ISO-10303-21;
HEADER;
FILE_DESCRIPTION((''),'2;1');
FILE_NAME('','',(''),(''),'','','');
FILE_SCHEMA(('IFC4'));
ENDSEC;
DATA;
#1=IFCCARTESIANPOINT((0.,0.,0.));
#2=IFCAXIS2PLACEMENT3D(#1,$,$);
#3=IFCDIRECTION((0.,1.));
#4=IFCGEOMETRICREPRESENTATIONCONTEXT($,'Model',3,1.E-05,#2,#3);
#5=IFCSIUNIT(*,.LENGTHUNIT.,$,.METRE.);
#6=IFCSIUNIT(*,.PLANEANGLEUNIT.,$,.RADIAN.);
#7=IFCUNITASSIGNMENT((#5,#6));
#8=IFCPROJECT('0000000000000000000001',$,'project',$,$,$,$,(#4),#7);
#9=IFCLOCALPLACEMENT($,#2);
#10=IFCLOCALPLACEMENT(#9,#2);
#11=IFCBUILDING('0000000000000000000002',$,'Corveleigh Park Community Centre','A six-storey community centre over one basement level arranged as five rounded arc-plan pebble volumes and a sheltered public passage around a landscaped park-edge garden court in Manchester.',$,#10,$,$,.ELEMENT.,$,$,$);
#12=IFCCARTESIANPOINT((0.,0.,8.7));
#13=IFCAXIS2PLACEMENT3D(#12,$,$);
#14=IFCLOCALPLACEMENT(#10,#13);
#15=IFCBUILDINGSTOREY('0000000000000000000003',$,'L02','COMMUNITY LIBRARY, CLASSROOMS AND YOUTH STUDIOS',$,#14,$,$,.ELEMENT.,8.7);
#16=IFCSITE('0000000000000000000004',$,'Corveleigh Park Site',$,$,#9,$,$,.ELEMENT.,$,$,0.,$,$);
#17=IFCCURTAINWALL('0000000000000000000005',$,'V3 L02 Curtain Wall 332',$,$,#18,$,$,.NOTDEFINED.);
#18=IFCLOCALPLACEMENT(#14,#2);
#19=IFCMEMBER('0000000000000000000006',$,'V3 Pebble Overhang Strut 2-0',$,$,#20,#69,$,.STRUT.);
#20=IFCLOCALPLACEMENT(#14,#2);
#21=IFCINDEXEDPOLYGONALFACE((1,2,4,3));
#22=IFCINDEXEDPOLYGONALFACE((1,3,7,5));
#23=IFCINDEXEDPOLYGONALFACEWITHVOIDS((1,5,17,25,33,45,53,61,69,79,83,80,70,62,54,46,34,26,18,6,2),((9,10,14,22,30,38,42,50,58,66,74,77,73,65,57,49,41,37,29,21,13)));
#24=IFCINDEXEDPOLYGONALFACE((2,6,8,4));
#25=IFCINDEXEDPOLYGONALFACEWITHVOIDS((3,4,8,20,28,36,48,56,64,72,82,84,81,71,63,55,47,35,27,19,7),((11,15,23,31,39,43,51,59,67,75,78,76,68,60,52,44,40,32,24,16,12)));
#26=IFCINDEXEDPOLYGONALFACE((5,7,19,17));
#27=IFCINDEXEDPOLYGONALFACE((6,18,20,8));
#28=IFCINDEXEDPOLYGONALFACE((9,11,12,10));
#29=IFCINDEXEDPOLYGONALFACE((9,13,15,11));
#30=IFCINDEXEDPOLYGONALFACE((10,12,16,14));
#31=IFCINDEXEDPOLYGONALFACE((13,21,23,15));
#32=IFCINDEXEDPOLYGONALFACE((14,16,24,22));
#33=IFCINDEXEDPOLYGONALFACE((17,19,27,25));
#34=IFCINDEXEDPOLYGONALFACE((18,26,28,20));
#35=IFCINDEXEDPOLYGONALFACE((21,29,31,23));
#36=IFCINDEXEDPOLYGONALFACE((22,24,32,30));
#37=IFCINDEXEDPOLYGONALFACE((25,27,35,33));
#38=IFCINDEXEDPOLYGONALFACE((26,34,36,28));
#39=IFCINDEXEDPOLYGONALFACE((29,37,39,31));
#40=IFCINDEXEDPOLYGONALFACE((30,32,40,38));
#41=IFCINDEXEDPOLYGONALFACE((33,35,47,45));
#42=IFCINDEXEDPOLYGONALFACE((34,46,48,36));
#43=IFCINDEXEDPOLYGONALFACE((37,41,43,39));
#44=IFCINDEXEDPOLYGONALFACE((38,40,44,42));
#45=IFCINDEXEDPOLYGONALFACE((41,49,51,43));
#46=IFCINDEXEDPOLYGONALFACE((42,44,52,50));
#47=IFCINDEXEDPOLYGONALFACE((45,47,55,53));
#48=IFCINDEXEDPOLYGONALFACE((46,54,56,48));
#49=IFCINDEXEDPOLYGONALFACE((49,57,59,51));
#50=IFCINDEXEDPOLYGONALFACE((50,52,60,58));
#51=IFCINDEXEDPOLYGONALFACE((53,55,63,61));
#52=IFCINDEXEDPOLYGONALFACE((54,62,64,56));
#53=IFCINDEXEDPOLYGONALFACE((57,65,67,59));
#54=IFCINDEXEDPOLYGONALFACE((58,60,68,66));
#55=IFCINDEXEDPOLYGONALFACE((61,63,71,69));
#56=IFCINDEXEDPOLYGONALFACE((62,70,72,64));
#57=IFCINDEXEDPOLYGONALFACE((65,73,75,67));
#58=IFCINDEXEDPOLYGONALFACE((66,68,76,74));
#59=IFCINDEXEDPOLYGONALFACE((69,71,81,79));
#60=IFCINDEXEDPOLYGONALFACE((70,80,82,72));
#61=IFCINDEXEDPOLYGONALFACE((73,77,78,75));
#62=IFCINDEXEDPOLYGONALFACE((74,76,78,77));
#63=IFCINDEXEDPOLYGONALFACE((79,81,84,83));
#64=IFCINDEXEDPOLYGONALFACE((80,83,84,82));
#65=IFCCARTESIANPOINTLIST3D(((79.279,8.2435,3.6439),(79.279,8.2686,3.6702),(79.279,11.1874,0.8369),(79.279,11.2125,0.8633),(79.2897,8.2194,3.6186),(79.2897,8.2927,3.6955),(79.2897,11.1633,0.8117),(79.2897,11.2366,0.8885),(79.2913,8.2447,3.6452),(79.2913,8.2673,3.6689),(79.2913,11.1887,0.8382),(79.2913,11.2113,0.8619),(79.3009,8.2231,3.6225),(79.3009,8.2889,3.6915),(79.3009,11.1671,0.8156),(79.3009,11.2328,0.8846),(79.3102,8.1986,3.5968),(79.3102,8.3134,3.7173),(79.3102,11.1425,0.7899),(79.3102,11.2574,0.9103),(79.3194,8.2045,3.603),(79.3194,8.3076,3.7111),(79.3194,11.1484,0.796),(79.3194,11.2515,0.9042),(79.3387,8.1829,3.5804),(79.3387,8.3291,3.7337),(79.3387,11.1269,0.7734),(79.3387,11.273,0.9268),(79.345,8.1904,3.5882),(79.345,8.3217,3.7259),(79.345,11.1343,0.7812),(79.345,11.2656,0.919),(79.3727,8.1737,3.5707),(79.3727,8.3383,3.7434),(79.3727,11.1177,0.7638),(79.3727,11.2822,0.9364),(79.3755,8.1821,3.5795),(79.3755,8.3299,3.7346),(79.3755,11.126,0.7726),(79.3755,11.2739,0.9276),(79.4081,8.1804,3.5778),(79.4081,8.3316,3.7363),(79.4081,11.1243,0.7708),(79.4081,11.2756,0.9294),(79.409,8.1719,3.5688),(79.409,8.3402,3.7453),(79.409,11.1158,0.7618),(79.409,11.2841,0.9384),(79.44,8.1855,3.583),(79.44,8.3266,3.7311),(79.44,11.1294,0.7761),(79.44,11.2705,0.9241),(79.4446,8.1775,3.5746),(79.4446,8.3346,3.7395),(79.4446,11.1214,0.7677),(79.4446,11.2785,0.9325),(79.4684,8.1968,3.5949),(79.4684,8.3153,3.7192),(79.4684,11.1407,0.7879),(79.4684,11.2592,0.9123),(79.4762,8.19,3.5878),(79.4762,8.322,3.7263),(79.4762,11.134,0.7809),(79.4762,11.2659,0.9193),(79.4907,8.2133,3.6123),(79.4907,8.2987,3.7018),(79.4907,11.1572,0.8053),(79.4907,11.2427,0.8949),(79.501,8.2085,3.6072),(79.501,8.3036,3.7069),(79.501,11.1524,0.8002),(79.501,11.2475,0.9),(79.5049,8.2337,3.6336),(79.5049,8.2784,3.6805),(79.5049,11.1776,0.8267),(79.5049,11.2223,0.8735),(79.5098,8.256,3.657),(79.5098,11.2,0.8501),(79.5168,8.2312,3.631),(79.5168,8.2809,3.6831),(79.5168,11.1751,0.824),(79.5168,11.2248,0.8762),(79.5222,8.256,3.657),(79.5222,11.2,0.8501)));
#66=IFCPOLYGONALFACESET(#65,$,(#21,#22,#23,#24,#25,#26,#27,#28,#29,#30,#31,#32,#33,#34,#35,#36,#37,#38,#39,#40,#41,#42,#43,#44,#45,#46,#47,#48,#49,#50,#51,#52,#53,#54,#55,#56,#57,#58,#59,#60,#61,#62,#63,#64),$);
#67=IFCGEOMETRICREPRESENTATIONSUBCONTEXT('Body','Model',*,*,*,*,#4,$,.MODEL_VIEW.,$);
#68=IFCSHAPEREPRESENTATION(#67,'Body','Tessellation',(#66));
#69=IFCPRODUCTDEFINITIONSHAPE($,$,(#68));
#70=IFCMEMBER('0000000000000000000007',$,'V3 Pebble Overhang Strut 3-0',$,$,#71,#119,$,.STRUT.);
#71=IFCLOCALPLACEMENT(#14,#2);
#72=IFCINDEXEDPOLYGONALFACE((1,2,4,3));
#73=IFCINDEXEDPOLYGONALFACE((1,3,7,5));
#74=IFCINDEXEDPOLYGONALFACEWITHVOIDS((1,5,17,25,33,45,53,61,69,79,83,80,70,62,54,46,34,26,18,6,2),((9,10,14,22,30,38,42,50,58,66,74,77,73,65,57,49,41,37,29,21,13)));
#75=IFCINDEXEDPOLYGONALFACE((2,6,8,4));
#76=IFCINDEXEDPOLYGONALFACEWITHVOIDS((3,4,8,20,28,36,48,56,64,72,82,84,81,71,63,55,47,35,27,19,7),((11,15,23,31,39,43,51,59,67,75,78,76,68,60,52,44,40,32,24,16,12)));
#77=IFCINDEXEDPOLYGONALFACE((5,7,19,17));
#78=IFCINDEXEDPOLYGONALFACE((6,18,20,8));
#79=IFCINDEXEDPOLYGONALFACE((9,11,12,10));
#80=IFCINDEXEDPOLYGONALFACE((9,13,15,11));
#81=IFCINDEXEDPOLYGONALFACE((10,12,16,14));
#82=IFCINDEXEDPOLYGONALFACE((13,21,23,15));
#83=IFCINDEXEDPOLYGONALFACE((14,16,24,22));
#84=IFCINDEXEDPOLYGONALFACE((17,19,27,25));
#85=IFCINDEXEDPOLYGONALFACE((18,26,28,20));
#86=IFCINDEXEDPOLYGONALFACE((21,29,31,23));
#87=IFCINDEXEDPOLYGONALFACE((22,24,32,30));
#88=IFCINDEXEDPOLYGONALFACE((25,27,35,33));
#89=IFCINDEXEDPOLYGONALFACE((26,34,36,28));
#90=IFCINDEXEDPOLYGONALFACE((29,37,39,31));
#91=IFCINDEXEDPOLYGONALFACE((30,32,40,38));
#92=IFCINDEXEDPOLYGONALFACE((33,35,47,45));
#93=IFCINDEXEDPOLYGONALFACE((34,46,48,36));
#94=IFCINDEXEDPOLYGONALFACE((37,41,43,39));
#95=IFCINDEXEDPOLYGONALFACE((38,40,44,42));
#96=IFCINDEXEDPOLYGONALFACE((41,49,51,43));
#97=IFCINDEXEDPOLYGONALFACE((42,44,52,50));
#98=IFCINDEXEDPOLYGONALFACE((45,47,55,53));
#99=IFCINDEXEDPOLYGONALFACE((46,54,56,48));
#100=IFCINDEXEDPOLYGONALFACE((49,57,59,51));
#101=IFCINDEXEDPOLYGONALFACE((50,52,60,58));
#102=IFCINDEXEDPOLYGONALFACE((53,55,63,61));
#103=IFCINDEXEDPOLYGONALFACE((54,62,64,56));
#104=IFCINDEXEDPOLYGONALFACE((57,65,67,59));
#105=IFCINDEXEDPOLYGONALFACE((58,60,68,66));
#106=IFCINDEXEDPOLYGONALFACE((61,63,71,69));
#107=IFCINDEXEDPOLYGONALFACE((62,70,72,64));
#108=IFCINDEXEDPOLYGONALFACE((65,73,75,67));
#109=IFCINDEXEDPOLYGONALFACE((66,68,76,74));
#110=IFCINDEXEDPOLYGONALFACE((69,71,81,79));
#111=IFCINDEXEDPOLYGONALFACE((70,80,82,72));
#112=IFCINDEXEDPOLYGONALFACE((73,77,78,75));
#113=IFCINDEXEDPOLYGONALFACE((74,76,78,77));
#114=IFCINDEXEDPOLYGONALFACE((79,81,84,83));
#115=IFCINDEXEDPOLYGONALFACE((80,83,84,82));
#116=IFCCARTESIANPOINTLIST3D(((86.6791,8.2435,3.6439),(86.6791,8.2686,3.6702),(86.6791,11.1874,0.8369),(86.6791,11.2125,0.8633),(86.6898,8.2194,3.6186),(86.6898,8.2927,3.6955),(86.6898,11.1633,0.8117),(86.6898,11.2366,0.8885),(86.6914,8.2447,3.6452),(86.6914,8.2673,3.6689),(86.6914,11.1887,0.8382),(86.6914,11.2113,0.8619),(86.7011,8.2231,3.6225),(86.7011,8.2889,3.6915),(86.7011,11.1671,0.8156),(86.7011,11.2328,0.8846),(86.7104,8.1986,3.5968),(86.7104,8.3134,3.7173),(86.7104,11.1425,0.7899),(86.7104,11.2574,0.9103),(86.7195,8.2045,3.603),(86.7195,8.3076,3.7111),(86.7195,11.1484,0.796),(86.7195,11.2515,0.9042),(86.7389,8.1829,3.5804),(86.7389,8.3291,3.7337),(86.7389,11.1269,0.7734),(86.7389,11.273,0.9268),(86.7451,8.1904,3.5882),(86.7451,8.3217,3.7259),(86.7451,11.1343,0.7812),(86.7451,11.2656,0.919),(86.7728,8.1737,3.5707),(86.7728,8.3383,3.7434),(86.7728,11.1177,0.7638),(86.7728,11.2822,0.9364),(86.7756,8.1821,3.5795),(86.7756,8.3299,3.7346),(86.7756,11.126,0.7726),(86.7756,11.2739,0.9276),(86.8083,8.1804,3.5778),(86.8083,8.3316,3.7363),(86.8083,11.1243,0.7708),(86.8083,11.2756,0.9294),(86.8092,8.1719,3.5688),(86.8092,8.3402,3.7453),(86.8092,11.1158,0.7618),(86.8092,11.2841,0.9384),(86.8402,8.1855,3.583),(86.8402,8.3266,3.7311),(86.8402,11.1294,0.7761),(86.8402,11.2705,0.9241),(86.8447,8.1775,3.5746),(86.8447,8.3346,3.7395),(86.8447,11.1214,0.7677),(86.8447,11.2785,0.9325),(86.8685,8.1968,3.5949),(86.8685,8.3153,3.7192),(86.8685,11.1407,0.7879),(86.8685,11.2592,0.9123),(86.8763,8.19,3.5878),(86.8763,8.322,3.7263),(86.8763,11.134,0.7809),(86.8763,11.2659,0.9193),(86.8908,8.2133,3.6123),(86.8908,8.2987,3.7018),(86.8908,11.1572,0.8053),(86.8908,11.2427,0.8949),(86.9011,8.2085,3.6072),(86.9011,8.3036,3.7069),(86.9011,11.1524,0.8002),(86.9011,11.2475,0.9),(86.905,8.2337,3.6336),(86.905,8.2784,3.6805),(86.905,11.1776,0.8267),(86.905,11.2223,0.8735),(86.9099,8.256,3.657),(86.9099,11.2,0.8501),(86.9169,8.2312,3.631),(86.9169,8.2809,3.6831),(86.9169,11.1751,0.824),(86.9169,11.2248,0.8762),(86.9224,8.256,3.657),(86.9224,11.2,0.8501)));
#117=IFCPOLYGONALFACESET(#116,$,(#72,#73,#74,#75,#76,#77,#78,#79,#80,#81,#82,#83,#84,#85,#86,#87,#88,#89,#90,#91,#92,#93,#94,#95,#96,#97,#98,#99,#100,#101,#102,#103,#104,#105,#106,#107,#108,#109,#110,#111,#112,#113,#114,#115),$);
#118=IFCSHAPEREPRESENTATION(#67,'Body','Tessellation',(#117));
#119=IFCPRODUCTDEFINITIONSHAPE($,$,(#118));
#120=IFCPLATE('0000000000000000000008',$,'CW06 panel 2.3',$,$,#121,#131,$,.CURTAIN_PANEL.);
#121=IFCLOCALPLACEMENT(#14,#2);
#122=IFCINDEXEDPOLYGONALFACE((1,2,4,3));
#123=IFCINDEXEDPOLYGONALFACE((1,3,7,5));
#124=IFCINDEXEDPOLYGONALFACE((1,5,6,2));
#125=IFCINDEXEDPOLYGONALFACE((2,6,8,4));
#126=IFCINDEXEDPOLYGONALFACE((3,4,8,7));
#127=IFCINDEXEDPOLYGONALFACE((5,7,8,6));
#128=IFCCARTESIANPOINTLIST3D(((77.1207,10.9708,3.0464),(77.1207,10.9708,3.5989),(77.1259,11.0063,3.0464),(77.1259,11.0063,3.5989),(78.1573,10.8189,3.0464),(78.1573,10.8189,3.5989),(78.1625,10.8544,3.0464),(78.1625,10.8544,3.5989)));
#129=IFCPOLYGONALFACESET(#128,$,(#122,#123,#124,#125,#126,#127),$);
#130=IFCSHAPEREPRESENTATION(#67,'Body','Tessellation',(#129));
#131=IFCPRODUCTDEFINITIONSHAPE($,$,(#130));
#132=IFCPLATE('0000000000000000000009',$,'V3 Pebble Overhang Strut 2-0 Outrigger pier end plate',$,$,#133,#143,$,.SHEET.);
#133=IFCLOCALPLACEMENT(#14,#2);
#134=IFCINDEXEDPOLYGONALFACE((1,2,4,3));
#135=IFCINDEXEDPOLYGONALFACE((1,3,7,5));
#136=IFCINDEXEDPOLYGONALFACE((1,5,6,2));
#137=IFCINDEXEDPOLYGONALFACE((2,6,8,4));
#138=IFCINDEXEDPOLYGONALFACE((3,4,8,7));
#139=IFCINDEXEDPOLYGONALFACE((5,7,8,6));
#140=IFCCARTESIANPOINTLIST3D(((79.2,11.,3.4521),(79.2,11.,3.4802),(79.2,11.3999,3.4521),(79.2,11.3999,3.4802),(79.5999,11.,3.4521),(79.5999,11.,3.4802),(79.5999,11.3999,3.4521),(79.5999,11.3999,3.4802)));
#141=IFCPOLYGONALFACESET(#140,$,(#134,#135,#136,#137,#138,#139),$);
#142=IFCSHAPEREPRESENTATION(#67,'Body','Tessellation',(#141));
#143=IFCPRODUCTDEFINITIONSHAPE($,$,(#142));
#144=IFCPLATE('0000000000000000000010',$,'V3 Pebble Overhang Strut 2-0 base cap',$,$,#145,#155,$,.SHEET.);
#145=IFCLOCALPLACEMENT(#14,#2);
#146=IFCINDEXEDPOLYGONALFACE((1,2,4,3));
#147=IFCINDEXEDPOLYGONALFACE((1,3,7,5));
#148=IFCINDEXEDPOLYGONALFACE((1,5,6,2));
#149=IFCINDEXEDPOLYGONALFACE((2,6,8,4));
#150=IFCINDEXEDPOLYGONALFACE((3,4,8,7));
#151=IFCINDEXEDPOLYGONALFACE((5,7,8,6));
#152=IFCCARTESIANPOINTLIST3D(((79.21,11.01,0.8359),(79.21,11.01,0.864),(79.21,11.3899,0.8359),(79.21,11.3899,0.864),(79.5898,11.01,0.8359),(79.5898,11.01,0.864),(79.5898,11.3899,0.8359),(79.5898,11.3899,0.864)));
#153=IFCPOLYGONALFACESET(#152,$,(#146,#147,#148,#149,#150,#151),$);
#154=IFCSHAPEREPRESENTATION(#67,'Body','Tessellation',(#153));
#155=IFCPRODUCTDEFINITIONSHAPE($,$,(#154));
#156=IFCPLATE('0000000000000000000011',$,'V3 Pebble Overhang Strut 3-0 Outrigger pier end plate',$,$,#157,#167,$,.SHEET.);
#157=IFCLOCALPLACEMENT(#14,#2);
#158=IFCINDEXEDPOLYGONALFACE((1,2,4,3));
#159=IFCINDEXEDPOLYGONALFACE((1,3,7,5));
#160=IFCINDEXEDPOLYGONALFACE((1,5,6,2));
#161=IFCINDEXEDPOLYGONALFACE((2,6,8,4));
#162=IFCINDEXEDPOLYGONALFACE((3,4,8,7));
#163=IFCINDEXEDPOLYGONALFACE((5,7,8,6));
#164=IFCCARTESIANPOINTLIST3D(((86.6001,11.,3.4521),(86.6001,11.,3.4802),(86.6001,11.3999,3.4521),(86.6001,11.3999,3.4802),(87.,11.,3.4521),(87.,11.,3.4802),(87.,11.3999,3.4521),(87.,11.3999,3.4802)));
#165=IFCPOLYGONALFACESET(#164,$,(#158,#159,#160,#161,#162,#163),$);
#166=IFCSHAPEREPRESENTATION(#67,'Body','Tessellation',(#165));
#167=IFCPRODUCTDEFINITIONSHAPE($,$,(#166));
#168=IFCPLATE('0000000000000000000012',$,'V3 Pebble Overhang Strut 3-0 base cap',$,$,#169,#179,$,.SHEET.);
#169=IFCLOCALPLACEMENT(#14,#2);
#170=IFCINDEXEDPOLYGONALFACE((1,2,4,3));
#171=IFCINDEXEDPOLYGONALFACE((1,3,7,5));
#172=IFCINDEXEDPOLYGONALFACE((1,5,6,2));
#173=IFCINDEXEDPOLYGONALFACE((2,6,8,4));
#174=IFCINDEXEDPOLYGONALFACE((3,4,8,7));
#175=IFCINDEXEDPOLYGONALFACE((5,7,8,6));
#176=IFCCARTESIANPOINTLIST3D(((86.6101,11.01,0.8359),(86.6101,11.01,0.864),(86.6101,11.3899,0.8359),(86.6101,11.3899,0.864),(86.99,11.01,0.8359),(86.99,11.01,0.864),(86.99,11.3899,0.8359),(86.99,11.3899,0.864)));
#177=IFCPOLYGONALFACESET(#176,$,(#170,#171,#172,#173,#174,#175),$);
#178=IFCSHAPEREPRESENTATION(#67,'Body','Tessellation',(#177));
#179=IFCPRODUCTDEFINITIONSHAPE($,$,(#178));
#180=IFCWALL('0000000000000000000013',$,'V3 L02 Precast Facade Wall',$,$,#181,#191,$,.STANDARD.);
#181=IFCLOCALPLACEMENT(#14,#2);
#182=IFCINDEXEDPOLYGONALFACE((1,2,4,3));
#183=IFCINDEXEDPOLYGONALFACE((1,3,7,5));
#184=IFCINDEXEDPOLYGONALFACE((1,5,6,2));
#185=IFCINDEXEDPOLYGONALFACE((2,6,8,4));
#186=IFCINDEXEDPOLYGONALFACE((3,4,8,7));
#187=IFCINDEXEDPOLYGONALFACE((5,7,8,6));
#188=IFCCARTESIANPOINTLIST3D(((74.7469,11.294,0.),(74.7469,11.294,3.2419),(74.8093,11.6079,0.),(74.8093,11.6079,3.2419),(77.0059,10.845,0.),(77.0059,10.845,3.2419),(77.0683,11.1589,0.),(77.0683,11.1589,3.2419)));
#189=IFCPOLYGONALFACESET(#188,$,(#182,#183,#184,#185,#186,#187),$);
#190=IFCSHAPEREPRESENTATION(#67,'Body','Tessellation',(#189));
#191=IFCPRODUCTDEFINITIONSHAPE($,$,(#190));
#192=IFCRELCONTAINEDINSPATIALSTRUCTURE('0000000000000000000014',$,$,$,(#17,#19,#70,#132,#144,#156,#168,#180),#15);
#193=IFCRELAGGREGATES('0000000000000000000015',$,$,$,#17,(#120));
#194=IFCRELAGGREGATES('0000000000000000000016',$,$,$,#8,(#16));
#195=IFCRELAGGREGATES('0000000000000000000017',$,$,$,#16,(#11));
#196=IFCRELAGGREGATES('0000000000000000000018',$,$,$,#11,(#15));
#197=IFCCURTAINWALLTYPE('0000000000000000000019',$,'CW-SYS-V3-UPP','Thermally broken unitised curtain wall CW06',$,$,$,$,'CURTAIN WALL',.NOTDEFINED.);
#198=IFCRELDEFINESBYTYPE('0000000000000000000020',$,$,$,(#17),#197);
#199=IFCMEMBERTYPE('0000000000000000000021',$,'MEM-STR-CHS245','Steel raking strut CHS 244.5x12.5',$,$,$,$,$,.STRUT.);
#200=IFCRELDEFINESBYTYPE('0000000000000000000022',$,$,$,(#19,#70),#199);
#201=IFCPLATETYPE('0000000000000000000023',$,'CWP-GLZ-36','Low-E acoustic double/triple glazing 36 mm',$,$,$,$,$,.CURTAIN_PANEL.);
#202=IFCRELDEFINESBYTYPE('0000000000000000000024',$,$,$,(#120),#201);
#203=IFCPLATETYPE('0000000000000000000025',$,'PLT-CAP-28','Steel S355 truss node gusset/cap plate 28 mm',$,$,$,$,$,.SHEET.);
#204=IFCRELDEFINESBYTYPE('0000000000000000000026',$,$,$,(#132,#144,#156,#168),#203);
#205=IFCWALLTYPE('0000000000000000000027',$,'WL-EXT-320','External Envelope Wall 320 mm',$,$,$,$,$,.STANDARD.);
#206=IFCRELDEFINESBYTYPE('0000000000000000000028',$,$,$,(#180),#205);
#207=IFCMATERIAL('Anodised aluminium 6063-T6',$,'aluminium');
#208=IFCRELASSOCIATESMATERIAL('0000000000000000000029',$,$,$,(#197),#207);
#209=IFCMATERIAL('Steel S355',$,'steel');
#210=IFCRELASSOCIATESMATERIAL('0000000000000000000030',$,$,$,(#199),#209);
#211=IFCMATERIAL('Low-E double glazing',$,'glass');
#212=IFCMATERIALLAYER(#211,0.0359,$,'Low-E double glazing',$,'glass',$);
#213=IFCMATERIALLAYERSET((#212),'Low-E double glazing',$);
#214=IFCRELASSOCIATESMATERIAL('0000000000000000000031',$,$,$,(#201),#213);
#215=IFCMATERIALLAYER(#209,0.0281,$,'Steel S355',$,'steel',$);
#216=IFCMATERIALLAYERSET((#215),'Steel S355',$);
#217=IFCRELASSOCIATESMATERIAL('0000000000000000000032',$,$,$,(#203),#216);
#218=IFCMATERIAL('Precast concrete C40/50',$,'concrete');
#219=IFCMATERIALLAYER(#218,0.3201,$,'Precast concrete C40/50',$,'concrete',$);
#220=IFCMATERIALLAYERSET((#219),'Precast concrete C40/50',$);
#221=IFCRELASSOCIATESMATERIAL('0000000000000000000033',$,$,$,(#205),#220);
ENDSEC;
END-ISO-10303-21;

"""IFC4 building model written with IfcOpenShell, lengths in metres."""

from ifc_helpers import new_model, si_unit, direction, frame, frame_2d, origin, origin_2d, place, context, subcontext, project, spatial, rectangle, hollow_circle, extrude, material, layer, layer_set, material_profile, profile_set, type_object, element, aggregate, save


model = new_model("IFC4")

# Units and contexts
model_context = context("Model", 3, precision=1e-05, world=origin(), true_north=direction((0.0, 1.0)))
body_context = subcontext(model_context, "Body", "Model", "MODEL_VIEW")
ifc_project = project(units=[si_unit("LENGTHUNIT", "METRE"), si_unit("PLANEANGLEUNIT", "RADIAN")], contexts=[model_context])

# Site, building, storey
site_placement = place(None, origin())
site = spatial("IfcSite", under=ifc_project, at=site_placement, Name="Corveleigh Park Site", CompositionType="ELEMENT", RefElevation=0.0)
building_placement = place(site_placement, origin())
building = spatial("IfcBuilding", under=site, at=building_placement, Name="Corveleigh Park Community Centre", Description="A six-storey community centre over one basement level arranged as five rounded arc-plan pebble volumes and a sheltered public passage around a landscaped park-edge garden court in Manchester.", CompositionType="ELEMENT")
storey_placement = place(building_placement, frame((0.0, 0.0, 8.7)))
storey = spatial("IfcBuildingStorey", under=building, at=storey_placement, Name="L02", Description="COMMUNITY LIBRARY, CLASSROOMS AND YOUTH STUDIOS", CompositionType="ELEMENT", Elevation=8.7)

# Shared definitions
ifc_material_1 = material(Name="Steel S355", Category="steel")

# Curtain wall
ifc_material_2 = material(Name="Anodised aluminium 6063-T6", Category="aluminium")
curtain_wall_type = type_object("IfcCurtainWallType", Name="CW-SYS-V3-UPP", Description="Thermally broken unitised curtain wall CW06", ElementType="CURTAIN WALL", PredefinedType="NOTDEFINED", material=ifc_material_2)
curtain_wall_1_placement = place(storey_placement, origin())
curtain_wall_1 = element("IfcCurtainWall", 1, at=curtain_wall_1_placement, inside=storey, type_object=curtain_wall_type, Name="V3 L02 Curtain Wall 332", PredefinedType="NOTDEFINED")

# Members
ifc_material_profile_1 = material_profile(ifc_material_1, hollow_circle(Radius=0.1223, WallThickness=0.0125, at=origin_2d()), Name="CHS 244.5x12.5", Category="steel")
ifc_profile_set_1 = profile_set([ifc_material_profile_1], Name="Steel S355")
member_type_1 = type_object("IfcMemberType", Name="MEM-STR-CHS245", Description="Steel raking strut CHS 244.5x12.5", PredefinedType="STRUT", material=ifc_profile_set_1)
for number, where, z_axis, x_axis, name in (
    (2, (79.3999, 11.2, 0.8501), (0.0, -0.723742, 0.69007), (1.0, 0.0, 0.0), "V3 Pebble Overhang Strut 2-0"),
    (3, (86.8, 11.2, 0.8501), (0.0, -0.723742, 0.69007), (1.0, 0.0, 0.0), "V3 Pebble Overhang Strut 3-0"),
):
    element("IfcMember", number, at=place(storey_placement, frame(where, z_axis=z_axis, x_axis=x_axis)), inside=storey, type_object=member_type_1, Name=name, PredefinedType="STRUT", context=body_context, shape_type="SweptSolid", body=[
        extrude(hollow_circle(Radius=0.1223, WallThickness=0.0125, at=origin_2d()), origin(), (0.0, 0.0, 1.0), 4.0676),
    ])

# Plate
ifc_material_3 = material(Name="Low-E double glazing", Category="glass")
ifc_layer_1 = layer(ifc_material_3, 0.0359, Name="Low-E double glazing", Category="glass")
ifc_layer_set_1 = layer_set([ifc_layer_1], Name="Low-E double glazing")
plate_type_1 = type_object("IfcPlateType", Name="CWP-GLZ-36", Description="Low-E acoustic double/triple glazing 36 mm", PredefinedType="CURTAIN_PANEL", material=ifc_layer_set_1)
plate_1_placement = place(storey_placement, frame((77.6416, 10.9126, 3.0464), z_axis=(0.0, 0.0, 1.0), x_axis=(-0.989437, 0.144966, 0.0)))
plate_1 = element("IfcPlate", 4, at=plate_1_placement, type_object=plate_type_1, Name="CW06 panel 2.3", PredefinedType="CURTAIN_PANEL", context=body_context, shape_type="SweptSolid", body=[
    extrude(rectangle(XDim=1.0476, YDim=0.0359, at=origin_2d()), origin(), (0.0, 0.0, 1.0), 0.5525),
])
aggregate(curtain_wall_1, [plate_1])

# Plates
ifc_layer_2 = layer(ifc_material_1, 0.0281, Name="Steel S355", Category="steel")
ifc_layer_set_2 = layer_set([ifc_layer_2], Name="Steel S355")
plate_type_2 = type_object("IfcPlateType", Name="PLT-CAP-28", Description="Steel S355 truss node gusset/cap plate 28 mm", PredefinedType="SHEET", material=ifc_layer_set_2)
plate_2_placement = place(storey_placement, frame((79.3999, 11.2, 3.4521), z_axis=(0.0, 0.0, 1.0), x_axis=(1.0, 0.0, 0.0)))
element("IfcPlate", 5, at=plate_2_placement, inside=storey, type_object=plate_type_2, Name="V3 Pebble Overhang Strut 2-0 Outrigger pier end plate", PredefinedType="SHEET", context=body_context, shape_type="SweptSolid", body=[
    extrude(rectangle(XDim=0.3999, YDim=0.3999, at=origin_2d()), origin(), (0.0, 0.0, 1.0), 0.0281),
])
plate_3_placement = place(storey_placement, frame((79.3999, 11.2, 0.8359), z_axis=(0.0, 0.0, 1.0), x_axis=(1.0, 0.0, 0.0)))
element("IfcPlate", 6, at=plate_3_placement, inside=storey, type_object=plate_type_2, Name="V3 Pebble Overhang Strut 2-0 base cap", PredefinedType="SHEET", context=body_context, shape_type="SweptSolid", body=[
    extrude(rectangle(XDim=0.3799, YDim=0.3799, at=origin_2d()), origin(), (0.0, 0.0, 1.0), 0.0281),
])
plate_4_placement = place(storey_placement, frame((86.8, 11.2, 3.4521), z_axis=(0.0, 0.0, 1.0), x_axis=(1.0, 0.0, 0.0)))
element("IfcPlate", 7, at=plate_4_placement, inside=storey, type_object=plate_type_2, Name="V3 Pebble Overhang Strut 3-0 Outrigger pier end plate", PredefinedType="SHEET", context=body_context, shape_type="SweptSolid", body=[
    extrude(rectangle(XDim=0.3999, YDim=0.3999, at=origin_2d()), origin(), (0.0, 0.0, 1.0), 0.0281),
])
plate_5_placement = place(storey_placement, frame((86.8, 11.2, 0.8359), z_axis=(0.0, 0.0, 1.0), x_axis=(1.0, 0.0, 0.0)))
element("IfcPlate", 8, at=plate_5_placement, inside=storey, type_object=plate_type_2, Name="V3 Pebble Overhang Strut 3-0 base cap", PredefinedType="SHEET", context=body_context, shape_type="SweptSolid", body=[
    extrude(rectangle(XDim=0.3799, YDim=0.3799, at=origin_2d()), origin(), (0.0, 0.0, 1.0), 0.0281),
])

# Wall
ifc_material_4 = material(Name="Precast concrete C40/50", Category="concrete")
ifc_layer_3 = layer(ifc_material_4, 0.3201, Name="Precast concrete C40/50", Category="concrete")
ifc_layer_set_3 = layer_set([ifc_layer_3], Name="Precast concrete C40/50")
wall_type_1 = type_object("IfcWallType", Name="WL-EXT-320", Description="External Envelope Wall 320 mm", PredefinedType="STANDARD", material=ifc_layer_set_3)
wall_1_placement = place(storey_placement, frame((77.0371, 11.002, 0.0), z_axis=(0.0, 0.0, 1.0), x_axis=(-0.980816, 0.194934, 0.0)))
element("IfcWall", 9, at=wall_1_placement, inside=storey, type_object=wall_type_1, Name="V3 L02 Precast Facade Wall", PredefinedType="STANDARD", context=body_context, shape_type="SweptSolid", body=[
    extrude(rectangle(XDim=2.3032, YDim=0.3201, at=frame_2d((1.1516, 0.0))), origin(), (0.0, 0.0, 1.0), 3.2419),
])

save(model, "model.ifc")
